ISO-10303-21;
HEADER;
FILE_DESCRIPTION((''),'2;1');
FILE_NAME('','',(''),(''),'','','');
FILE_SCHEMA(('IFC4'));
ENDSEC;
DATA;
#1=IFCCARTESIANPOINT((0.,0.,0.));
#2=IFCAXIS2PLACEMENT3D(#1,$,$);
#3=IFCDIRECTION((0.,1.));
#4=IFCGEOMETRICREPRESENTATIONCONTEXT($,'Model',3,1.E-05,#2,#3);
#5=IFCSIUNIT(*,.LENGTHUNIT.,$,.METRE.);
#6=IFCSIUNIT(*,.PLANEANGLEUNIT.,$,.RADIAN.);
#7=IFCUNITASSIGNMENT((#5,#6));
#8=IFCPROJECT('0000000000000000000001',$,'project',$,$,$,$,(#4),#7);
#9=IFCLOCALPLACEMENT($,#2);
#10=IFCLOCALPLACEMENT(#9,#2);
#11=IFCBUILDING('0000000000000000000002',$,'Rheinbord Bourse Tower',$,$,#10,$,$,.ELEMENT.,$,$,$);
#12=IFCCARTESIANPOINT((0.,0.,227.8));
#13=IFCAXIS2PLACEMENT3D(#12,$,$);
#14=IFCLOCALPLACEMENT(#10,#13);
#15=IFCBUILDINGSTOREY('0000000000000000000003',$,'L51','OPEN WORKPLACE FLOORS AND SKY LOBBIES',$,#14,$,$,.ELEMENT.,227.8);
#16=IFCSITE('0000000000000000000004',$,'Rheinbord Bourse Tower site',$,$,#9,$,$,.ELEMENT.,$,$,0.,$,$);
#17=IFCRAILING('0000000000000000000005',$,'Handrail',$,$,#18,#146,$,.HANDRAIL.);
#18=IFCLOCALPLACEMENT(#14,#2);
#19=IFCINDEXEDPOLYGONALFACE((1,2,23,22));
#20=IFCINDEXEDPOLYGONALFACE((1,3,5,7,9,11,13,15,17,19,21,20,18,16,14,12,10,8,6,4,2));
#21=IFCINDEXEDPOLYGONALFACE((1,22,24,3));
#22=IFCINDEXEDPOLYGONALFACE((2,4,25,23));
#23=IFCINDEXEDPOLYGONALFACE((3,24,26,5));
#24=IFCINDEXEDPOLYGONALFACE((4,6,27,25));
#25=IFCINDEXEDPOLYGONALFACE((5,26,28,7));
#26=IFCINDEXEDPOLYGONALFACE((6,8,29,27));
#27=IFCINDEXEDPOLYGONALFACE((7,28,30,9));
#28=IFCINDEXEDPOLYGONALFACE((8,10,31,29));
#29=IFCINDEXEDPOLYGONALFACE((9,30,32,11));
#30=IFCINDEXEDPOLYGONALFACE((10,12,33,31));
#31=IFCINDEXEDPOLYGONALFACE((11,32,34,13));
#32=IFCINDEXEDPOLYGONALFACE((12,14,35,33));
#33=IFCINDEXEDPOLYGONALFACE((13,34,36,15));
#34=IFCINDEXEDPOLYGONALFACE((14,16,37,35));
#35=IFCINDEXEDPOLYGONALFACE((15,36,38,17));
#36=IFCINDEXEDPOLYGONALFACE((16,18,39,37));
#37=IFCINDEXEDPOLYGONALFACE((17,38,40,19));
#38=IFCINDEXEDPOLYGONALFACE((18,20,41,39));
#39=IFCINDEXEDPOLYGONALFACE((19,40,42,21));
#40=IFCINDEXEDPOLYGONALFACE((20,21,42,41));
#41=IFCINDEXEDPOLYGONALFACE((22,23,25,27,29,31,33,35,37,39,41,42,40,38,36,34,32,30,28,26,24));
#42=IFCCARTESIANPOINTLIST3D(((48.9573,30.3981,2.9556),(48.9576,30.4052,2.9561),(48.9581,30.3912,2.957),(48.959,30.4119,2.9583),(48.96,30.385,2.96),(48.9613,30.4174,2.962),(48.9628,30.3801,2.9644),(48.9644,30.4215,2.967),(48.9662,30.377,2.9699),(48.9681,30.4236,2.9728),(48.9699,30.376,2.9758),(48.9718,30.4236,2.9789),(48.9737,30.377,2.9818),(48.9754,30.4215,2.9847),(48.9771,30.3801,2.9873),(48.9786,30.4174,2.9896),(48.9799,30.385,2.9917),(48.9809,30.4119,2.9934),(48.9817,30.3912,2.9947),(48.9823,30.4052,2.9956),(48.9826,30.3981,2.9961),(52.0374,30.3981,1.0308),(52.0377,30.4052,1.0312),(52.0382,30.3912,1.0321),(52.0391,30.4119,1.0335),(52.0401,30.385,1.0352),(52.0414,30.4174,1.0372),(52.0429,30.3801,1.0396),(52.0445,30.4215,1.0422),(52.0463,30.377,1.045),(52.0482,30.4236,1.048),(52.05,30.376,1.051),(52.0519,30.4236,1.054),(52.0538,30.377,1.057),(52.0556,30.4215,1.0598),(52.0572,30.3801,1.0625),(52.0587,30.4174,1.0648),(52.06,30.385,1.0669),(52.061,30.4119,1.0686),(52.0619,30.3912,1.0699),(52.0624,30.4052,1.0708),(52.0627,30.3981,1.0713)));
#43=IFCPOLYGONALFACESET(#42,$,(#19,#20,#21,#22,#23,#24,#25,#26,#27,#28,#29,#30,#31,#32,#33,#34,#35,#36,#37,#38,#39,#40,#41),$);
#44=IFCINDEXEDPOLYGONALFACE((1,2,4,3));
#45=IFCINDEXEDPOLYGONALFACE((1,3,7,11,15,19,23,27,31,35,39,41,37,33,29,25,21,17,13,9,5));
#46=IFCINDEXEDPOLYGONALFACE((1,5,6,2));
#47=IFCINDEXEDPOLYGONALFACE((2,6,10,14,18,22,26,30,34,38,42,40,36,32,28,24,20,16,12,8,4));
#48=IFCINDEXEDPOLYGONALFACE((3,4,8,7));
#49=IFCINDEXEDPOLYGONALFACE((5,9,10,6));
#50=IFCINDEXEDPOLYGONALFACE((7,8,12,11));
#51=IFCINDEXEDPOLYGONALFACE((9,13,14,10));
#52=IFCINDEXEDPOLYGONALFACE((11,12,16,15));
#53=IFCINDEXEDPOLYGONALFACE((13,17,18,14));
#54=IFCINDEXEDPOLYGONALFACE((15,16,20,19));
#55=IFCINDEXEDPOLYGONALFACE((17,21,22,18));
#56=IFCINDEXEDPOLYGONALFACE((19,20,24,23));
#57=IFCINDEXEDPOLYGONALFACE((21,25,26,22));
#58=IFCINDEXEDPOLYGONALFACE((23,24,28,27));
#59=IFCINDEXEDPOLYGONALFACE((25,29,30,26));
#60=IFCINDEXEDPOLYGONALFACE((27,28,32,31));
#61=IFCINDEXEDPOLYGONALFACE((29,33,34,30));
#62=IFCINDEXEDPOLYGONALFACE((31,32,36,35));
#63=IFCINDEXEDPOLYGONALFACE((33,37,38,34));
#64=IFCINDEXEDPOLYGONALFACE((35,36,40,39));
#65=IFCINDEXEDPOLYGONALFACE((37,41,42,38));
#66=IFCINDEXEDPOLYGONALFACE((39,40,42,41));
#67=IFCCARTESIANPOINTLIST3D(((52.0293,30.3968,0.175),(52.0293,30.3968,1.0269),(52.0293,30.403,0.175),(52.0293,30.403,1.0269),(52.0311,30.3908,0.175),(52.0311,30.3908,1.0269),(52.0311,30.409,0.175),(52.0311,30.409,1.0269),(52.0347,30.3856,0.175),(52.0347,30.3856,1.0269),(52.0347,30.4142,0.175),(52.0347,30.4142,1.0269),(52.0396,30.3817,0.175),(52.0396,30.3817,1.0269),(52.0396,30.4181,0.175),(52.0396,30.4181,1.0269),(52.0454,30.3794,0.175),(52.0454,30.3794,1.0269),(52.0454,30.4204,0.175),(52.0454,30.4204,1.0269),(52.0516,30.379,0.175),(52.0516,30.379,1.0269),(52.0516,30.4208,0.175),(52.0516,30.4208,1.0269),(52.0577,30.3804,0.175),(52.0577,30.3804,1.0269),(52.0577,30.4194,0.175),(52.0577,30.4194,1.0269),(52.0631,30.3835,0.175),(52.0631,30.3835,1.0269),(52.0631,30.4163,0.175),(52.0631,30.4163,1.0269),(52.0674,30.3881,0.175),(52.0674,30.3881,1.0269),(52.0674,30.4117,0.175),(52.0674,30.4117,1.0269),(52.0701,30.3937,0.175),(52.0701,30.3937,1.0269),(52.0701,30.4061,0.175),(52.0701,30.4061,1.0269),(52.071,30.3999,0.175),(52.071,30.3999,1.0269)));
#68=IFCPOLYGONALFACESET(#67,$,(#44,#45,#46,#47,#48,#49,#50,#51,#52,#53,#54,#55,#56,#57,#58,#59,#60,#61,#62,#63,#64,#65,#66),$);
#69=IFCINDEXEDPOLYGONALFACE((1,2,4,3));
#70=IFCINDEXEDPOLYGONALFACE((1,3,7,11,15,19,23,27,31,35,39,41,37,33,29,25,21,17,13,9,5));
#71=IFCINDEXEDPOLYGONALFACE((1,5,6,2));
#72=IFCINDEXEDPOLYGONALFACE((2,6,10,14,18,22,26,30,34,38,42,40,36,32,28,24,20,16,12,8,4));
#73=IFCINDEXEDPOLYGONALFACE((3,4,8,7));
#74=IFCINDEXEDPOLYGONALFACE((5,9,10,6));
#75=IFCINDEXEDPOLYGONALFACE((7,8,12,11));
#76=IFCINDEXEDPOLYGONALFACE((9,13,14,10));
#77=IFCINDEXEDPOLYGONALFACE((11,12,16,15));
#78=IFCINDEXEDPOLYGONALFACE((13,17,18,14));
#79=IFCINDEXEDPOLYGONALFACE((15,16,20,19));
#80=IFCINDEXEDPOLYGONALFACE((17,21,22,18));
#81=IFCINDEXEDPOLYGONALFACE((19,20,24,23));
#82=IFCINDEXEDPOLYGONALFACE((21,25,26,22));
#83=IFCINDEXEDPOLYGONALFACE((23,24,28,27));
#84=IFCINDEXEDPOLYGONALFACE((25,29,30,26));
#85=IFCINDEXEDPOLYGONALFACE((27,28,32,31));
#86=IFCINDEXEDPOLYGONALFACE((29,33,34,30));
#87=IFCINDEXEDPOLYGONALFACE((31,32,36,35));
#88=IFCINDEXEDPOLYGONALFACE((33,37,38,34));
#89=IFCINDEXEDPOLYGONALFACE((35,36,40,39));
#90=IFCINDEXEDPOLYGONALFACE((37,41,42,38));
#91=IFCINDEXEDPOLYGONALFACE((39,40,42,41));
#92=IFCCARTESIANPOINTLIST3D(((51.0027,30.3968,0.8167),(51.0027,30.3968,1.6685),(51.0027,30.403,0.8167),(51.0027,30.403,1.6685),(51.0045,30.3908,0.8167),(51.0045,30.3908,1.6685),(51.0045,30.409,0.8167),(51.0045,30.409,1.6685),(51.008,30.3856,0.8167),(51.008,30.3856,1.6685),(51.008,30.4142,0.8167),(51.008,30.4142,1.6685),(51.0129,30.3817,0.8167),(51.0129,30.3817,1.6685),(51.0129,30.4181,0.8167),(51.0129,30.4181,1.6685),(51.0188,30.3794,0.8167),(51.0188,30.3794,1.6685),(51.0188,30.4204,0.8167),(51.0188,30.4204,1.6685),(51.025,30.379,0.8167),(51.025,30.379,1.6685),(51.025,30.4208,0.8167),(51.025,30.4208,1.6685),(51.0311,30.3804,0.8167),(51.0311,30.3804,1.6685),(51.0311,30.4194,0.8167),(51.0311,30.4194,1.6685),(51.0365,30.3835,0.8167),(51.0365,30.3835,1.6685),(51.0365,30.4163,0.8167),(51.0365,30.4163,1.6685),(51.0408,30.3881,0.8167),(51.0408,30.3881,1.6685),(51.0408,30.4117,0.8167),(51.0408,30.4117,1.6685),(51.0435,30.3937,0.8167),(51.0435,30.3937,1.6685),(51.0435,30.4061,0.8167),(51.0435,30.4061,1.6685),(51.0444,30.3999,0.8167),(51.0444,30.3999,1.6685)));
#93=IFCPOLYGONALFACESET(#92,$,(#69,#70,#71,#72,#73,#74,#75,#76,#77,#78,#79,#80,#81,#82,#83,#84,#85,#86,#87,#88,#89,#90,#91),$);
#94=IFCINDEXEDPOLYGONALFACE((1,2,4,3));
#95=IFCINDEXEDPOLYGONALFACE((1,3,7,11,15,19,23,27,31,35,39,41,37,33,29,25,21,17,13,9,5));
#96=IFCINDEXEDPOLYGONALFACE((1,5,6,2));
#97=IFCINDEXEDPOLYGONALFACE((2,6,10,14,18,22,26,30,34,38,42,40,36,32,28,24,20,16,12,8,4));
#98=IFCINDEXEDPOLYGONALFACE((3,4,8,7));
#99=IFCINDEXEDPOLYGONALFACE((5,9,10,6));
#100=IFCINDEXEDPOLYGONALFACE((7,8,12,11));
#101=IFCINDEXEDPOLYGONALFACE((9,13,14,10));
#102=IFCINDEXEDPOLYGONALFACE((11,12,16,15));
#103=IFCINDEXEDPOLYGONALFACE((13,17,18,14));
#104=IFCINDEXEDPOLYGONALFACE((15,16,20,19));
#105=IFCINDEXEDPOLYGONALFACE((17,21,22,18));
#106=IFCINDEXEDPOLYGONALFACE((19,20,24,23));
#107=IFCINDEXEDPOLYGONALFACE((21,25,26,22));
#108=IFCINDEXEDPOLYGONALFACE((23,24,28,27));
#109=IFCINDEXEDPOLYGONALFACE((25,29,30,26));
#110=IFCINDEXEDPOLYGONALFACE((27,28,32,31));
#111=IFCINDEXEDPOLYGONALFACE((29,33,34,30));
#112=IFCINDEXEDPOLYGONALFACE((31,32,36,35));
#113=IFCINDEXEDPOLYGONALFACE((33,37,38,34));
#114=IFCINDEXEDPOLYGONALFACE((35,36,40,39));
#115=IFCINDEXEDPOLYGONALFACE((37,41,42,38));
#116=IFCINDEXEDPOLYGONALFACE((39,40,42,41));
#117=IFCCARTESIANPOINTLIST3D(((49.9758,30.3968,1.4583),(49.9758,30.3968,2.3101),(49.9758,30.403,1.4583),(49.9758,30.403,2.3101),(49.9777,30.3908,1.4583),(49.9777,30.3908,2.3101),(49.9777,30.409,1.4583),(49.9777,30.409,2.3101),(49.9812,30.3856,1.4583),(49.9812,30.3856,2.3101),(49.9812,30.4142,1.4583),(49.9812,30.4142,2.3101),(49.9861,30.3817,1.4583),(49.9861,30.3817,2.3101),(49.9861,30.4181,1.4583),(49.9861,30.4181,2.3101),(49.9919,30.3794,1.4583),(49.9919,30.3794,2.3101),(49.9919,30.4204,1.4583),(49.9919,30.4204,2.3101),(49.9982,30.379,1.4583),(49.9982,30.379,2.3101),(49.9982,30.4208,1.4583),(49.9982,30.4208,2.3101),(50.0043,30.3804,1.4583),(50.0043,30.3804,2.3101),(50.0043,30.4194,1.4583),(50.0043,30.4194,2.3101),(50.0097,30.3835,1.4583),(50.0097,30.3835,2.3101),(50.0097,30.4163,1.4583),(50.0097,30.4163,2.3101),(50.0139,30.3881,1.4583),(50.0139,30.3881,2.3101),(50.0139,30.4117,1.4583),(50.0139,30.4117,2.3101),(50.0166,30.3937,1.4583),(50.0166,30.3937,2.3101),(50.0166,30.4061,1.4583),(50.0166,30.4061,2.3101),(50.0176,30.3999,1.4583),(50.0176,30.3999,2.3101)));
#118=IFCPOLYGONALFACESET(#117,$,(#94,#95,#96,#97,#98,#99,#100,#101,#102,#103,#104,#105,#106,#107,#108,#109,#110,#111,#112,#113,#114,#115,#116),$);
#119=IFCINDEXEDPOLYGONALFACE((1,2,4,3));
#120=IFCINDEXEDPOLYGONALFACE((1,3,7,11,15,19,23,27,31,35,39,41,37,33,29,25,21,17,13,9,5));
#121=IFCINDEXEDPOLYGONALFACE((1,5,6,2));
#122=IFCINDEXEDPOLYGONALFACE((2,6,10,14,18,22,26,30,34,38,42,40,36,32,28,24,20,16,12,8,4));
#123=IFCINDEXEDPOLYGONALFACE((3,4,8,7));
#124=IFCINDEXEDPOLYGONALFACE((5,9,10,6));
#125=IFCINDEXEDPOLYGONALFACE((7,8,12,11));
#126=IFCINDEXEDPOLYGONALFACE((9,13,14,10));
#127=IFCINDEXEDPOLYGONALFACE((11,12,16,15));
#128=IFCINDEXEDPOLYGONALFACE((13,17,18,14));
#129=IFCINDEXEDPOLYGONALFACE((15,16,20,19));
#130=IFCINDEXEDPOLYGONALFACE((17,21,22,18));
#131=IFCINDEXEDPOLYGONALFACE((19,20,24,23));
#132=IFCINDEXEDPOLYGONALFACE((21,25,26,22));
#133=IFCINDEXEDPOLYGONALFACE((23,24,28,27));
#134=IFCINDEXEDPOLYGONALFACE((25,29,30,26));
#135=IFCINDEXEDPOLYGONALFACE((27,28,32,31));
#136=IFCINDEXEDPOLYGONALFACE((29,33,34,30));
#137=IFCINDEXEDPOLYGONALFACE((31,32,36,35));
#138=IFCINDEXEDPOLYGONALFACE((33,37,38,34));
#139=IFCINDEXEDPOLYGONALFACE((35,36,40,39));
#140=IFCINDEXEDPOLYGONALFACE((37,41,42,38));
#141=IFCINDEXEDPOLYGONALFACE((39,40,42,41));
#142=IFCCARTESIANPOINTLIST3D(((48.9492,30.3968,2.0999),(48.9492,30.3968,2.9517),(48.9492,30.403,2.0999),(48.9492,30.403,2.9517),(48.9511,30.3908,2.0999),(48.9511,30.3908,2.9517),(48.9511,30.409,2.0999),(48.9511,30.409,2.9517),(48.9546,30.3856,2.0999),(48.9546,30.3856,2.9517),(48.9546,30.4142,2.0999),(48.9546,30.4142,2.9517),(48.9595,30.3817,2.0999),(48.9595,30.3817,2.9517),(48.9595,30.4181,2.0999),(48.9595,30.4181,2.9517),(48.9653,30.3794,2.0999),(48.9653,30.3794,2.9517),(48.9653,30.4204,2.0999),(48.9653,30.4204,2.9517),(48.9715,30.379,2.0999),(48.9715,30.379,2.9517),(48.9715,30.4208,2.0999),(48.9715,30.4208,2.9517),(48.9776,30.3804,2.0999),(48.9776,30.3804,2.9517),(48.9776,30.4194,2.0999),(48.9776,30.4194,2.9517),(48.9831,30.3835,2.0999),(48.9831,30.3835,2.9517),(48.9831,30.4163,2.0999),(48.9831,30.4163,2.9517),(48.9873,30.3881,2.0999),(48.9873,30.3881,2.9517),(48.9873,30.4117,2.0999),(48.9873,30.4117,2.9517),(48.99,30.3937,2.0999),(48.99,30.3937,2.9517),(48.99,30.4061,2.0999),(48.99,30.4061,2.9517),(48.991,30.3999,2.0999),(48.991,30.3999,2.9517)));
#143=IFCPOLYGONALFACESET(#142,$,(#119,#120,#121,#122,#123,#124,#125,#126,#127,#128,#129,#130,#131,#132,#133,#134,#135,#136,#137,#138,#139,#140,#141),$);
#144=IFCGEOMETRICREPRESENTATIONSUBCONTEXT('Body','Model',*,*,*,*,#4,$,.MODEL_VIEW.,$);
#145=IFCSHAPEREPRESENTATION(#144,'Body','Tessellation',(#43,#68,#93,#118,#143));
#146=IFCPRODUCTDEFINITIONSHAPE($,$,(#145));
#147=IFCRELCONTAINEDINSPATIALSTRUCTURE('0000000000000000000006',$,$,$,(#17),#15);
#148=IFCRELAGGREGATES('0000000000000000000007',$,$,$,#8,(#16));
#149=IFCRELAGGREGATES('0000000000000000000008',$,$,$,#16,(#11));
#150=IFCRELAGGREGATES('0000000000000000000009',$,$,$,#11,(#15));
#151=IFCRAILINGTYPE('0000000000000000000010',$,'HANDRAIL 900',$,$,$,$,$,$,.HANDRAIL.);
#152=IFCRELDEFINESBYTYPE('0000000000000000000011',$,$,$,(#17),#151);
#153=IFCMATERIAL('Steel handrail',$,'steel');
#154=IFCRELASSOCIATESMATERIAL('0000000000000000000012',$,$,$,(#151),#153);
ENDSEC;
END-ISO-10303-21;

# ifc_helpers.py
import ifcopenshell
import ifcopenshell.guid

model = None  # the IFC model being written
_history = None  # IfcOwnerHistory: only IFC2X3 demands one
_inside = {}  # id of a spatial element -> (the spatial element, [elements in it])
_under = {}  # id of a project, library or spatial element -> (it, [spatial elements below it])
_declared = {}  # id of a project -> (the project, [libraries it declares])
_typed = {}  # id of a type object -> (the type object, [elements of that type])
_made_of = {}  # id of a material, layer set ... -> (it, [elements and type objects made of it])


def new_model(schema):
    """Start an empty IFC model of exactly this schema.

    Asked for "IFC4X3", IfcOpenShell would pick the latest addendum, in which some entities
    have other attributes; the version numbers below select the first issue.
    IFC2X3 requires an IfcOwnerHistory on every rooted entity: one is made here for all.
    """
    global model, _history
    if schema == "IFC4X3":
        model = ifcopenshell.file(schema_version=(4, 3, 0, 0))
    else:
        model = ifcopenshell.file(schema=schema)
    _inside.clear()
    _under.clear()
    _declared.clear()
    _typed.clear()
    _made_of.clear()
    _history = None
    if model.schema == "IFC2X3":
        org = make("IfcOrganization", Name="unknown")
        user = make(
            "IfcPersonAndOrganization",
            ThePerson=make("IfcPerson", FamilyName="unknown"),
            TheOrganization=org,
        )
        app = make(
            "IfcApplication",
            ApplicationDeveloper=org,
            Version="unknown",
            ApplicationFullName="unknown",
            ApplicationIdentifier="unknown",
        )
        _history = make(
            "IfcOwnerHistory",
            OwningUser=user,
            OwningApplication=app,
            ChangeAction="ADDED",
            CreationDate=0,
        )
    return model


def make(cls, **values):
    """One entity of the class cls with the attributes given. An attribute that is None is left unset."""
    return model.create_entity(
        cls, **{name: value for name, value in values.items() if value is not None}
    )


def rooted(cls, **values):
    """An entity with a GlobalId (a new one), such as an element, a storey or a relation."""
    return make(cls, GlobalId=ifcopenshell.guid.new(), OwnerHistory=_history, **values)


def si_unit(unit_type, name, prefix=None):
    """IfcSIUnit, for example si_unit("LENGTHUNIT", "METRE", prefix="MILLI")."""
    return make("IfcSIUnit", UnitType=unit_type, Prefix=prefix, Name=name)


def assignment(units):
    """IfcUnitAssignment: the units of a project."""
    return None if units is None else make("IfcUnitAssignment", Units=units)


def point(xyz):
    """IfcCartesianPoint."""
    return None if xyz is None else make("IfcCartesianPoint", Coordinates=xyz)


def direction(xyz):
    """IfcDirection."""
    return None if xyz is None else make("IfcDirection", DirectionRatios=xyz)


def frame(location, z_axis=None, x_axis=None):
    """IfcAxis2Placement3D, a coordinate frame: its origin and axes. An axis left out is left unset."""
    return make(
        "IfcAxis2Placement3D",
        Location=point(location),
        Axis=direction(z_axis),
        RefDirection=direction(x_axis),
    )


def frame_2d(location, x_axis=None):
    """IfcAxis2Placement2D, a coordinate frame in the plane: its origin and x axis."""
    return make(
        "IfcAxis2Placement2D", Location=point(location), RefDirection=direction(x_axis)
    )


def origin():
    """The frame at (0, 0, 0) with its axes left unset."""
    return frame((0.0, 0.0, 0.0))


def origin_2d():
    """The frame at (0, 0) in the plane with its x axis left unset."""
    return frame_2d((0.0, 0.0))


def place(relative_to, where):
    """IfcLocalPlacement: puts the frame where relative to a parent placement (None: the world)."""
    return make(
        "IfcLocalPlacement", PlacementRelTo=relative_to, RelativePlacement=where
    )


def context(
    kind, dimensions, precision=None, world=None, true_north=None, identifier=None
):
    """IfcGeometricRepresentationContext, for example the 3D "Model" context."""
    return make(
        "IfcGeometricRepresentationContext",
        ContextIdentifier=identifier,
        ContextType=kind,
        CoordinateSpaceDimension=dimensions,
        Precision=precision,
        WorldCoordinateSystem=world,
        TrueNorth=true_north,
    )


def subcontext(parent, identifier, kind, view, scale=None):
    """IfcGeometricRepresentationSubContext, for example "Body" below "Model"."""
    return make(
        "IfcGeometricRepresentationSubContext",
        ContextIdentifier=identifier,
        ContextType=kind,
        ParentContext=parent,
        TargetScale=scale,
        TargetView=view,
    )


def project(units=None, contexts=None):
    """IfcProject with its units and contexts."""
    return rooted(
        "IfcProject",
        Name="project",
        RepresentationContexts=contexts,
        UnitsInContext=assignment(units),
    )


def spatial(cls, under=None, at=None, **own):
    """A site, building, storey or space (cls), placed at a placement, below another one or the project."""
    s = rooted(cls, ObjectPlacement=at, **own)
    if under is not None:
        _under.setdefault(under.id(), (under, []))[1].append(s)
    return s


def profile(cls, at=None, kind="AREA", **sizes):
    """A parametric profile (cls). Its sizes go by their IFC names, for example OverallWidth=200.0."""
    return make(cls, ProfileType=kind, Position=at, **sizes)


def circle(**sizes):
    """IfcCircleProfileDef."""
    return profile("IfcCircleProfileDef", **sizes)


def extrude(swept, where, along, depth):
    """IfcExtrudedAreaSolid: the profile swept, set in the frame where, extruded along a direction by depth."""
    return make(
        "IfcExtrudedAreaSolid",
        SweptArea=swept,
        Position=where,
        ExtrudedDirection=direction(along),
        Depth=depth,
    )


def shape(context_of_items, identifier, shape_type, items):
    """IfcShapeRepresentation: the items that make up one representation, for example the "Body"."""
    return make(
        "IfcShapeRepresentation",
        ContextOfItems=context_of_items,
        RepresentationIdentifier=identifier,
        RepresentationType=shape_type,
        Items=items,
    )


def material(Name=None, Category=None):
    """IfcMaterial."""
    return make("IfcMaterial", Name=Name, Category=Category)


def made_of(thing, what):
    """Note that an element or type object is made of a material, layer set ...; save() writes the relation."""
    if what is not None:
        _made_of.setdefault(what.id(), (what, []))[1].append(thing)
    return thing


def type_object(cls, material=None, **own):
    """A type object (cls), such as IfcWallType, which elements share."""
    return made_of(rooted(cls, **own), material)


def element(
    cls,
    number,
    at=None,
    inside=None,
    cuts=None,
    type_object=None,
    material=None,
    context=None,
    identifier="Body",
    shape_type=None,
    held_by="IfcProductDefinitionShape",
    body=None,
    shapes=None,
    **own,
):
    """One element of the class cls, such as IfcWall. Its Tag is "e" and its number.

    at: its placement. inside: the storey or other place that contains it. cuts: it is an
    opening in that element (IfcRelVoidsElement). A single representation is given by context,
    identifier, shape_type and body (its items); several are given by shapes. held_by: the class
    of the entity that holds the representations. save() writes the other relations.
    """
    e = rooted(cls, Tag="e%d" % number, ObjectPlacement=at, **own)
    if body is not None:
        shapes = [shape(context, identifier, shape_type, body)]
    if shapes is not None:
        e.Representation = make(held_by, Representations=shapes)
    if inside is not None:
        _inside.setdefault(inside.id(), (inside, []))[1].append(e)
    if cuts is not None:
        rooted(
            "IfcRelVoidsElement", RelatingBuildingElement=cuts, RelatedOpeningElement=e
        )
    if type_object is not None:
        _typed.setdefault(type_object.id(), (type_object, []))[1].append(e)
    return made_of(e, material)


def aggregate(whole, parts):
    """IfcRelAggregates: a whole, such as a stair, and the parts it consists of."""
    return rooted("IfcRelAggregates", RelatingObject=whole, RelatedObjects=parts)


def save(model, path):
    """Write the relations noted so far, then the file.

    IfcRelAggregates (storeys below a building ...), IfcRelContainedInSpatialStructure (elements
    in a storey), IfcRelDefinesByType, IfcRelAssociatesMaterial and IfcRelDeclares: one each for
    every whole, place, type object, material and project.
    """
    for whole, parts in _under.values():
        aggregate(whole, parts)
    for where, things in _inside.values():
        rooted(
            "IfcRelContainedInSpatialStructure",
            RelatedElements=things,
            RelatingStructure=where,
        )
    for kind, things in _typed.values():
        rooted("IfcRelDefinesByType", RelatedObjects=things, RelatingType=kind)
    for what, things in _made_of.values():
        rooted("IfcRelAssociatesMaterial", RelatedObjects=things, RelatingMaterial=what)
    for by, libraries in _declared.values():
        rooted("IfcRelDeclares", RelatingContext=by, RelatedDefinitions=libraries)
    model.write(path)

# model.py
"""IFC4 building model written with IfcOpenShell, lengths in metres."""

from ifc_helpers import new_model, si_unit, direction, frame, origin, origin_2d, place, context, subcontext, project, spatial, circle, extrude, material, type_object, element, save


model = new_model("IFC4")

# Units and contexts
model_context = context("Model", 3, precision=1e-05, world=origin(), true_north=direction((0.0, 1.0)))
body_context = subcontext(model_context, "Body", "Model", "MODEL_VIEW")
ifc_project = project(units=[si_unit("LENGTHUNIT", "METRE"), si_unit("PLANEANGLEUNIT", "RADIAN")], contexts=[model_context])

# Site, building, storey
site_placement = place(None, origin())
site = spatial("IfcSite", under=ifc_project, at=site_placement, Name="Rheinbord Bourse Tower site", CompositionType="ELEMENT", RefElevation=0.0)
building_placement = place(site_placement, origin())
building = spatial("IfcBuilding", under=site, at=building_placement, Name="Rheinbord Bourse Tower", CompositionType="ELEMENT")
storey_placement = place(building_placement, frame((0.0, 0.0, 227.8)))
storey = spatial("IfcBuildingStorey", under=building, at=storey_placement, Name="L51", Description="OPEN WORKPLACE FLOORS AND SKY LOBBIES", CompositionType="ELEMENT", Elevation=227.8)

# Railing
ifc_material_1 = material(Name="Steel handrail", Category="steel")
railing_type = type_object("IfcRailingType", Name="HANDRAIL 900", PredefinedType="HANDRAIL", material=ifc_material_1)
railing_1_placement = place(storey_placement, frame((52.05, 30.3999, 0.175)))
element("IfcRailing", 1, at=railing_1_placement, inside=storey, type_object=railing_type, Name="Handrail", PredefinedType="HANDRAIL", context=body_context, shape_type="SweptSolid", body=[
    extrude(circle(Radius=0.0239, at=origin_2d()), frame((0.0, 0.0, 0.876), z_axis=(-0.848029, 0.0, 0.529951), x_axis=(0.0, -1.0, 0.0)), (0.0, 0.0, 1.0), 3.6321),
    extrude(circle(Radius=0.021, at=origin_2d()), origin(), (0.0, 0.0, 1.0), 0.8518),
    extrude(circle(Radius=0.021, at=origin_2d()), frame((-1.0266, 0.0, 0.6416)), (0.0, 0.0, 1.0), 0.8518),
    extrude(circle(Radius=0.021, at=origin_2d()), frame((-2.0535, 0.0, 1.2832)), (0.0, 0.0, 1.0), 0.8518),
    extrude(circle(Radius=0.021, at=origin_2d()), frame((-3.0801, 0.0, 1.9248)), (0.0, 0.0, 1.0), 0.8518),
])

save(model, "model.ifc")
